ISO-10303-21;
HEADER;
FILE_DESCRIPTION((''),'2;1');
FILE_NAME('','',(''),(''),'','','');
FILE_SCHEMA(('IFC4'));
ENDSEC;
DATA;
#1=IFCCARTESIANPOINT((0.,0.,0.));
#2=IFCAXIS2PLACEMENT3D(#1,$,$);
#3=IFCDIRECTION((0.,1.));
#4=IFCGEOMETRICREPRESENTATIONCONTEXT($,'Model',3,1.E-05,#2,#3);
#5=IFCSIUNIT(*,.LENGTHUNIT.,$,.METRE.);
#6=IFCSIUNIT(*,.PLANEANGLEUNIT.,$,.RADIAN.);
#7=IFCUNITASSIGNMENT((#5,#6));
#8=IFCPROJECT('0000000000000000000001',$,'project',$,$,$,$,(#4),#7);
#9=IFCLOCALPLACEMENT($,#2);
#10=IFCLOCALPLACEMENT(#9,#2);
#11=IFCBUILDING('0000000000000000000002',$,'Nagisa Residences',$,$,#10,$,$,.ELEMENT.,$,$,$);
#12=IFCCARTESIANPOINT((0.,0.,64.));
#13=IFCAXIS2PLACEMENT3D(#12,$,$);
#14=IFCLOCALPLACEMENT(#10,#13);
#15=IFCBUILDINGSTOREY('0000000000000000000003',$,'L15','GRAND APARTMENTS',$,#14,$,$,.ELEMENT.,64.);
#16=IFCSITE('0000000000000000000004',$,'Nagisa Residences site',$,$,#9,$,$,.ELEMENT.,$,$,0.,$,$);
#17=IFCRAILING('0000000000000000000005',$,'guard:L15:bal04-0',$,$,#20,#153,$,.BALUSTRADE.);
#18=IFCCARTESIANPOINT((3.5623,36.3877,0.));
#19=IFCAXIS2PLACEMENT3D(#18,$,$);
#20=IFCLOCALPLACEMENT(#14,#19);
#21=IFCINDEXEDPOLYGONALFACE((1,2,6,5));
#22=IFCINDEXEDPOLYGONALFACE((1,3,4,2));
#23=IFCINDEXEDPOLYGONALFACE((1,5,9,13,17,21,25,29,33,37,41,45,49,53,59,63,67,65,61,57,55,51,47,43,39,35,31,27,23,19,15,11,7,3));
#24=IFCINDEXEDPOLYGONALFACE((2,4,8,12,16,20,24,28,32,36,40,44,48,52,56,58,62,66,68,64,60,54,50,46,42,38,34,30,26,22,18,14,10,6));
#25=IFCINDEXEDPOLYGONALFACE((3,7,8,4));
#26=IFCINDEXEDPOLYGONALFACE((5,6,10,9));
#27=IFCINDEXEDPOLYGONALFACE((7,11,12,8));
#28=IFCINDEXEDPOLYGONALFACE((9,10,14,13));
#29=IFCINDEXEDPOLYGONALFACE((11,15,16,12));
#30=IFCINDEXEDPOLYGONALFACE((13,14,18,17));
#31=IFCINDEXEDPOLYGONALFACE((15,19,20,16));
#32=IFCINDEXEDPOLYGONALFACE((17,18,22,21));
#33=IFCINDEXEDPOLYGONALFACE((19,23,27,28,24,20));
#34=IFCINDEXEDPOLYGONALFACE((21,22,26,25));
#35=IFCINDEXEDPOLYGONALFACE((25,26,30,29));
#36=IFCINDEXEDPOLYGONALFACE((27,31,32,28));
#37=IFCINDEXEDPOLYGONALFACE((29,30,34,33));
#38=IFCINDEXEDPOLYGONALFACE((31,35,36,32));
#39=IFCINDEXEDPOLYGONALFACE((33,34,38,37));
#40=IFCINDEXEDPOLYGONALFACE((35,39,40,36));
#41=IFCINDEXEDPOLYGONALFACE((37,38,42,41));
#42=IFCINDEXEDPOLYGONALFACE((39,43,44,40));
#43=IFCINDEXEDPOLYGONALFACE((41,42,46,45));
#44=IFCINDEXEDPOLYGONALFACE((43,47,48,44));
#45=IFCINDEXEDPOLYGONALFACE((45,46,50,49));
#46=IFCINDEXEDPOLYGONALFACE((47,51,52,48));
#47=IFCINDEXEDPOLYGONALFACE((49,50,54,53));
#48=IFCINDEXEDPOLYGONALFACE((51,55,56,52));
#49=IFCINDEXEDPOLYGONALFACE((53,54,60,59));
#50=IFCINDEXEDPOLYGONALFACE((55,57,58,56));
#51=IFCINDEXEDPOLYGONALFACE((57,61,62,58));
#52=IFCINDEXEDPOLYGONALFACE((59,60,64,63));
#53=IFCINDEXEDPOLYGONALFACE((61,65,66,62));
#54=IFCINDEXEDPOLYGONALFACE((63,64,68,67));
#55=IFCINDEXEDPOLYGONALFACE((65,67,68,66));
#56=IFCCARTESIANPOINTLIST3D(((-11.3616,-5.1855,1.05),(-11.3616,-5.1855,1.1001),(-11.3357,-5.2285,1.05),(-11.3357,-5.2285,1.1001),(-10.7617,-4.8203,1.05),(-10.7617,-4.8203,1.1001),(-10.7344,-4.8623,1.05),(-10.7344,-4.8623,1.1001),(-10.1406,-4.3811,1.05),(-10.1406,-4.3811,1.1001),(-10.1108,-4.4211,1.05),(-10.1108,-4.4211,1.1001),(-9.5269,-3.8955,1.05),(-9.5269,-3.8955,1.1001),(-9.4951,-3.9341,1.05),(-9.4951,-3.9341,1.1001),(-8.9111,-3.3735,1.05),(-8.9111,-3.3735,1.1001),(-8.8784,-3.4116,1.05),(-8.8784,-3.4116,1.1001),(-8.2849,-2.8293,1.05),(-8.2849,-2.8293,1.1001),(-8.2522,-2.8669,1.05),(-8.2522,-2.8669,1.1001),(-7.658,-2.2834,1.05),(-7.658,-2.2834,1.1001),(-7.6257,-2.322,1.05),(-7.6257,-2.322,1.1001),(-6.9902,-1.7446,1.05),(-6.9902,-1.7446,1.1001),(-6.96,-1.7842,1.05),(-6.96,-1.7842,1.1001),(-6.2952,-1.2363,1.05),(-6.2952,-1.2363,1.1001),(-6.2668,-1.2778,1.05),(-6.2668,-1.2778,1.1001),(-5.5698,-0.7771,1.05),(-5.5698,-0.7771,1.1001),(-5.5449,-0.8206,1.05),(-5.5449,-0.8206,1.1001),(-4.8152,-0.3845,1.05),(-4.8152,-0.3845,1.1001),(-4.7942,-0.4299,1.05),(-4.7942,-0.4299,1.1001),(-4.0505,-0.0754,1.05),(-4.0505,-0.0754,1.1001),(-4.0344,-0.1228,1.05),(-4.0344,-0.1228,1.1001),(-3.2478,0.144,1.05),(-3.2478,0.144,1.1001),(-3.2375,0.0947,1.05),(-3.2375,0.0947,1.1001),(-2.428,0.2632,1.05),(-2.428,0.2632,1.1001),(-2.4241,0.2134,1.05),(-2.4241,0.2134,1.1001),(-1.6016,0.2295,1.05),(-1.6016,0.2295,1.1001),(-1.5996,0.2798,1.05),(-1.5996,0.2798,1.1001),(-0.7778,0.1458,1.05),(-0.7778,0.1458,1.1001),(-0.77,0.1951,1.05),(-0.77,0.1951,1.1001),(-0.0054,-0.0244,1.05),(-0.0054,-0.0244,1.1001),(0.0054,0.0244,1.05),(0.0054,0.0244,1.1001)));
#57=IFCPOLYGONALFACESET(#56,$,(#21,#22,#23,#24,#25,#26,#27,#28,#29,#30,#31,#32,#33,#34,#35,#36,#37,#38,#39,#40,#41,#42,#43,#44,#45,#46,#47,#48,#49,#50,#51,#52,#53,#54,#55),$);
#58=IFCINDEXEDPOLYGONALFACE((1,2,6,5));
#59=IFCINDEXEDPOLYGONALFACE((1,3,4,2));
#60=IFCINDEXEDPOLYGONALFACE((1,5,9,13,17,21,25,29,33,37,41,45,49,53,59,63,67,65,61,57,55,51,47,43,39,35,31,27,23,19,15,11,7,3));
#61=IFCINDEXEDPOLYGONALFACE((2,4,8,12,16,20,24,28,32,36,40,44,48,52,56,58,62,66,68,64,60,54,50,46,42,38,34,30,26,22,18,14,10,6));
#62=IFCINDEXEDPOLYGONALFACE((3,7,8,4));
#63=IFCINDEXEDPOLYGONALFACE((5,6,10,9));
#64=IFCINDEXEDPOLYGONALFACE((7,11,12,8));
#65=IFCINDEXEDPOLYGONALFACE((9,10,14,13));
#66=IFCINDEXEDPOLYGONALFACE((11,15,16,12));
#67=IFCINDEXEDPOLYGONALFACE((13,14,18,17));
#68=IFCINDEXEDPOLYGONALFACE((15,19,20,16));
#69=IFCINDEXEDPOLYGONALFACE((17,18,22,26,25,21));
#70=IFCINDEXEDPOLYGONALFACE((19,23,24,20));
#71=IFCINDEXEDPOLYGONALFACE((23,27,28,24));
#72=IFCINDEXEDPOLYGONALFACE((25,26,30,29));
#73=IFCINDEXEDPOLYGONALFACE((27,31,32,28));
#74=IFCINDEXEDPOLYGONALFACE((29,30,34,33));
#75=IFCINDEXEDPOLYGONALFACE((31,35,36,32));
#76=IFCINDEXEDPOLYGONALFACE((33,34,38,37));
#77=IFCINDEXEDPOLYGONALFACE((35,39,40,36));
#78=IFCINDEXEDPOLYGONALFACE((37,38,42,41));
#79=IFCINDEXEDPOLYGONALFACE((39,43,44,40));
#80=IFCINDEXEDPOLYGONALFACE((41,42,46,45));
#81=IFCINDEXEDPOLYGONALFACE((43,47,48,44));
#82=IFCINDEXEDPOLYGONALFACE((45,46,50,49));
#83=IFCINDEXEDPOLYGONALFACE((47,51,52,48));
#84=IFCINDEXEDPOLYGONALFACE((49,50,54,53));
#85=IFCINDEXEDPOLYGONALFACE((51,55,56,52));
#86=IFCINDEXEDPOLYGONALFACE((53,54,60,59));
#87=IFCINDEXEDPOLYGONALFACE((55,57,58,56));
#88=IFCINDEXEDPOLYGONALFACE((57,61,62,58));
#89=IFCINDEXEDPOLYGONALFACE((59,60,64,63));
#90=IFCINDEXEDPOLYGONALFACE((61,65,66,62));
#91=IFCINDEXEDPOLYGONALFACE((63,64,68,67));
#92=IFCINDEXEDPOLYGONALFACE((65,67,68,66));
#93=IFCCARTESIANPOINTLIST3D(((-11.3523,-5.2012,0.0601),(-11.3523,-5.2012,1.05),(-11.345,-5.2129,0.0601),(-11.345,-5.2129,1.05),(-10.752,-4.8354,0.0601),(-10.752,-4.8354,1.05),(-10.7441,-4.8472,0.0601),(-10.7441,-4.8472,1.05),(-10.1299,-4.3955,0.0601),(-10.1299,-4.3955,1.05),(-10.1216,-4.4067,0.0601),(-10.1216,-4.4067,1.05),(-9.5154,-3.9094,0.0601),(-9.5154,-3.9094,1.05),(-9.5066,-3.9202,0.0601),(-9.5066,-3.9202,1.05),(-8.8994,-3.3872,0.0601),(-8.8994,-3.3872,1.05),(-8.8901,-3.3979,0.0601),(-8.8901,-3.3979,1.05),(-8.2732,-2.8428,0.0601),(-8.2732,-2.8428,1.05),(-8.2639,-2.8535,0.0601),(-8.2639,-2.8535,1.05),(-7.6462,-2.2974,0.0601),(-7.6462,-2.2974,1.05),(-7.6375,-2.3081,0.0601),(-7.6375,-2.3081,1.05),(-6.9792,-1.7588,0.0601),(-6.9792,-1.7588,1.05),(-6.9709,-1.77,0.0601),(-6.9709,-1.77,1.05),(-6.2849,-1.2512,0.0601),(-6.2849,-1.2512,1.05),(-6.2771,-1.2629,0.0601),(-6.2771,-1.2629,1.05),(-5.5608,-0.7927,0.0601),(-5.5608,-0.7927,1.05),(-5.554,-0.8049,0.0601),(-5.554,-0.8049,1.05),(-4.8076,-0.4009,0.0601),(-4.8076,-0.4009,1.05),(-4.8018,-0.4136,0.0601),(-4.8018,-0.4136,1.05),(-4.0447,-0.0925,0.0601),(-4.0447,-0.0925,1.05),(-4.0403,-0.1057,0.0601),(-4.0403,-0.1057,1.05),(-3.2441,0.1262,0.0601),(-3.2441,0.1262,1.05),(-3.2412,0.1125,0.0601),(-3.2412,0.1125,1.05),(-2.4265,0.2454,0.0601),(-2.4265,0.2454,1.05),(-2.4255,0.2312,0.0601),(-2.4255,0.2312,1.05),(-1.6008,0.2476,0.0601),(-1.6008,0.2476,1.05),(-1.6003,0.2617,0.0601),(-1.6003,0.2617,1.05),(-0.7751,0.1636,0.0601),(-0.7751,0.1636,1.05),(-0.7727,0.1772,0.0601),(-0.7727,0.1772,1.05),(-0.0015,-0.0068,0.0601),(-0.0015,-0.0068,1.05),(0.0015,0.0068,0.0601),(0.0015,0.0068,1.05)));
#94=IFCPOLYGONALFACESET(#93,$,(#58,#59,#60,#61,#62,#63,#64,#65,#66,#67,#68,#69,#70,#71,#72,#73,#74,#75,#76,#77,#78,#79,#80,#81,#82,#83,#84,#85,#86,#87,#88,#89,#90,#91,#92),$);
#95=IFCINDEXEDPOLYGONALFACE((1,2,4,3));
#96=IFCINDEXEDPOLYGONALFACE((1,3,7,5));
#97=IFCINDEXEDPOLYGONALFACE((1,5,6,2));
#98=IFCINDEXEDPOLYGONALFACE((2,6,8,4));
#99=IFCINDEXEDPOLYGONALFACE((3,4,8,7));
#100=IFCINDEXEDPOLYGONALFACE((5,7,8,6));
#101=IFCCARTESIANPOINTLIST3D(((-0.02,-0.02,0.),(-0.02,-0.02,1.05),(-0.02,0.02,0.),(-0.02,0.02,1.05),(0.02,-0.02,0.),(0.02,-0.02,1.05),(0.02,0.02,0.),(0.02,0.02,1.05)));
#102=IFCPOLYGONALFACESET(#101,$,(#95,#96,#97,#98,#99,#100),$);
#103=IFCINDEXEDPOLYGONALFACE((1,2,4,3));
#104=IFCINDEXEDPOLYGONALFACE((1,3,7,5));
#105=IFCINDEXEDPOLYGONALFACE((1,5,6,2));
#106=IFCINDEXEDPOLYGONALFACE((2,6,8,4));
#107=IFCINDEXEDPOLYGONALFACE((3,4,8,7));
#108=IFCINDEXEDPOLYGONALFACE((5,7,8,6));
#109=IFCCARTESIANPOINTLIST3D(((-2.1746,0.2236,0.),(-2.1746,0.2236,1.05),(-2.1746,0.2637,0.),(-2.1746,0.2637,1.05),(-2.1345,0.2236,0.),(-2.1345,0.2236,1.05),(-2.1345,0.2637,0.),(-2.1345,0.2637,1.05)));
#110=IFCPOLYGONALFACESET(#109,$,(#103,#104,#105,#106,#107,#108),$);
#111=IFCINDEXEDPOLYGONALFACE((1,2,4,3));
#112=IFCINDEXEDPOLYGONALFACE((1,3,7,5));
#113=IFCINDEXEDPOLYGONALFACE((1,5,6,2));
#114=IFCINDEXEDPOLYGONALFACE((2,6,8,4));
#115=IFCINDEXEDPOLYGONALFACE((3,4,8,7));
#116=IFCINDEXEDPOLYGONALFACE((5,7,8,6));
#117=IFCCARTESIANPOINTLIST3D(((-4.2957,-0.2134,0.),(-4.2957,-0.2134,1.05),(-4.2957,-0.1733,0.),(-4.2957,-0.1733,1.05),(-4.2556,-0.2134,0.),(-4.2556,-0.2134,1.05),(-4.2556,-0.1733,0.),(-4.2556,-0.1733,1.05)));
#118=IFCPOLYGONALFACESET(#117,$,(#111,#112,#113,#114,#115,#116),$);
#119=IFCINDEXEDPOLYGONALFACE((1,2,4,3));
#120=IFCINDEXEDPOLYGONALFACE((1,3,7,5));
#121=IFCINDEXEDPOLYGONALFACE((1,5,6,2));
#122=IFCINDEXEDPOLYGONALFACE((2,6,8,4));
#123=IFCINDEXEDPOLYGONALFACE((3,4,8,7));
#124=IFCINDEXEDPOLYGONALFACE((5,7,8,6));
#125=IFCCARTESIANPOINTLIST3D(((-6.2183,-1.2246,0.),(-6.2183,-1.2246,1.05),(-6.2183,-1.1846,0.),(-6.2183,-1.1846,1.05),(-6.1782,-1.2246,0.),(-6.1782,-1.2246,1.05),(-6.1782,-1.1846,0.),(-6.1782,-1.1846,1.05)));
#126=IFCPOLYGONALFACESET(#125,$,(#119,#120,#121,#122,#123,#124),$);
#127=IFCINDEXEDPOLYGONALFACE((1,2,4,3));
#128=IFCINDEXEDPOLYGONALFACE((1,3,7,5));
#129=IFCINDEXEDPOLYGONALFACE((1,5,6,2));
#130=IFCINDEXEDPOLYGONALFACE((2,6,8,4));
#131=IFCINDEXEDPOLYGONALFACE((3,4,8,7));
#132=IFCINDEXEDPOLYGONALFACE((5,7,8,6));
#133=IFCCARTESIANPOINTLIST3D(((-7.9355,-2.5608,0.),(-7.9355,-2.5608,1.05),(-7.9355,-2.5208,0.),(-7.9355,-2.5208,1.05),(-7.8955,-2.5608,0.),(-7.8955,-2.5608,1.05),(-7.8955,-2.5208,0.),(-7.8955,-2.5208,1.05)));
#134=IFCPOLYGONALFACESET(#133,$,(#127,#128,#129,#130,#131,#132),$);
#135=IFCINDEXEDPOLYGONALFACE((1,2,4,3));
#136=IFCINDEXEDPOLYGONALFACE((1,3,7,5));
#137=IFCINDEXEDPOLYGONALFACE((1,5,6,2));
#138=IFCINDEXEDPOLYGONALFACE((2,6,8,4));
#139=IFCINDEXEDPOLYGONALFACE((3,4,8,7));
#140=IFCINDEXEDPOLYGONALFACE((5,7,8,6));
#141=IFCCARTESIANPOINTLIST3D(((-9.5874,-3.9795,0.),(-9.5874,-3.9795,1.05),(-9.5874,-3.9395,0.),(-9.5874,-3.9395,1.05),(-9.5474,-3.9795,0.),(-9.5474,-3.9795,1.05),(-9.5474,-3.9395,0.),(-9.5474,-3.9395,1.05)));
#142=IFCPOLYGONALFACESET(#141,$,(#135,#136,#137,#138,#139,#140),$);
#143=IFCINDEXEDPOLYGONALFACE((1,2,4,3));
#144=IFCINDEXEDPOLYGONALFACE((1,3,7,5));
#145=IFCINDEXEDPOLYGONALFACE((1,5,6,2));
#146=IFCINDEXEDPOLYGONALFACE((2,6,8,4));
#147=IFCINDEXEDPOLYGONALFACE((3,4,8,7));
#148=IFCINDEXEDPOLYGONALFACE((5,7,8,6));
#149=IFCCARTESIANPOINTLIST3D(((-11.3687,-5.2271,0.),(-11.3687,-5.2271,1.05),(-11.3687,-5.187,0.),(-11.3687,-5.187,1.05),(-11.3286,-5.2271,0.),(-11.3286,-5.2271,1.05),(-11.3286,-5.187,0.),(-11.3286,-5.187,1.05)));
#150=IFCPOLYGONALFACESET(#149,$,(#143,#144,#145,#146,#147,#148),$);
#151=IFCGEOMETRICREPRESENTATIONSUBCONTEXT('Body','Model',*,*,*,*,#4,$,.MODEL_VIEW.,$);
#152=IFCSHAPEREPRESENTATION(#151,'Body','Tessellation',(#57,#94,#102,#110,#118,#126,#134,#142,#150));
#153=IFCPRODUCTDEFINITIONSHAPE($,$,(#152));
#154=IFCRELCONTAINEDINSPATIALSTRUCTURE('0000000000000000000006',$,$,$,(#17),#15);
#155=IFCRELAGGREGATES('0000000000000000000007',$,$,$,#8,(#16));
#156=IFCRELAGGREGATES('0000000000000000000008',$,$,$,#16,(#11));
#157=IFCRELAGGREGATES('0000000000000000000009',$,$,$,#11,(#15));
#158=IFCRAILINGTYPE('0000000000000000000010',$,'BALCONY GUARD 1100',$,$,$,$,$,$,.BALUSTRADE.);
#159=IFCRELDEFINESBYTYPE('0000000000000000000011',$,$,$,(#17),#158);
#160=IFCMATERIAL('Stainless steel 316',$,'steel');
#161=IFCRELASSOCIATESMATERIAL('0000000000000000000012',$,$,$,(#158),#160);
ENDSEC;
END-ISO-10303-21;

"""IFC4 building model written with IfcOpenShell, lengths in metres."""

from ifc_helpers import new_model, si_unit, direction, frame, origin, origin_2d, place, context, subcontext, project, spatial, polyline, rectangle, outline, extrude, material, type_object, element, save


model = new_model("IFC4")

# Units and contexts
model_context = context("Model", 3, precision=1e-05, world=origin(), true_north=direction((0.0, 1.0)))
body_context = subcontext(model_context, "Body", "Model", "MODEL_VIEW")
ifc_project = project(units=[si_unit("LENGTHUNIT", "METRE"), si_unit("PLANEANGLEUNIT", "RADIAN")], contexts=[model_context])

# Site, building, storey
site_placement = place(None, origin())
site = spatial("IfcSite", under=ifc_project, at=site_placement, Name="Nagisa Residences site", CompositionType="ELEMENT", RefElevation=0.0)
building_placement = place(site_placement, origin())
building = spatial("IfcBuilding", under=site, at=building_placement, Name="Nagisa Residences", CompositionType="ELEMENT")
storey_placement = place(building_placement, frame((0.0, 0.0, 64.0)))
storey = spatial("IfcBuildingStorey", under=building, at=storey_placement, Name="L15", Description="GRAND APARTMENTS", CompositionType="ELEMENT", Elevation=64.0)

# Railing
ifc_material_1 = material(Name="Stainless steel 316", Category="steel")
railing_type = type_object("IfcRailingType", Name="BALCONY GUARD 1100", PredefinedType="BALUSTRADE", material=ifc_material_1)
railing_1_placement = place(storey_placement, frame((3.5623, 36.3877, 0.0)))
element("IfcRailing", 1, at=railing_1_placement, inside=storey, type_object=railing_type, Name="guard:L15:bal04-0", PredefinedType="BALUSTRADE", context=body_context, shape_type="SweptSolid", body=[
    extrude(outline(polyline([(-0.7778, 0.1458), (-0.0054, -0.0244), (0.0054, 0.0244), (-0.77, 0.1951), (-1.5996, 0.2798), (-2.428, 0.2632), (-3.2478, 0.144), (-4.0505, -0.0754), (-4.8152, -0.3845), (-5.5698, -0.7771), (-6.2952, -1.2363), (-6.9902, -1.7446), (-7.658, -2.2834), (-8.2849, -2.8293), (-8.9111, -3.3735), (-9.5269, -3.8955), (-10.1406, -4.3811), (-10.7617, -4.8203), (-11.3616, -5.1855), (-11.3357, -5.2285), (-10.7344, -4.8623), (-10.1108, -4.4211), (-9.4951, -3.9341), (-8.8784, -3.4116), (-8.2522, -2.8669), (-7.6257, -2.322), (-6.96, -1.7842), (-6.2668, -1.2778), (-5.5449, -0.8206), (-4.7942, -0.4299), (-4.0344, -0.1228), (-3.2375, 0.0947), (-2.4241, 0.2134), (-1.6016, 0.2295), (-0.7778, 0.1458)])), frame((0.0, 0.0, 1.05)), (0.0, 0.0, 1.0), 0.05),
    extrude(outline(polyline([(-0.7751, 0.1636), (-0.0015, -0.0068), (0.0015, 0.0068), (-0.7727, 0.1772), (-1.6003, 0.2617), (-2.4265, 0.2454), (-3.2441, 0.1262), (-4.0447, -0.0925), (-4.8076, -0.4009), (-5.5608, -0.7927), (-6.2849, -1.2512), (-6.9792, -1.7588), (-7.6462, -2.2974), (-8.2732, -2.8428), (-8.8994, -3.3872), (-9.5154, -3.9094), (-10.1299, -4.3955), (-10.752, -4.8354), (-11.3523, -5.2012), (-11.345, -5.2129), (-10.7441, -4.8472), (-10.1216, -4.4067), (-9.5066, -3.9202), (-8.8901, -3.3979), (-8.2639, -2.8535), (-7.6375, -2.3081), (-6.9709, -1.77), (-6.2771, -1.2629), (-5.554, -0.8049), (-4.8018, -0.4136), (-4.0403, -0.1057), (-3.2412, 0.1125), (-2.4255, 0.2312), (-1.6008, 0.2476), (-0.7751, 0.1636)])), frame((0.0, 0.0, 0.0601)), (0.0, 0.0, 1.0), 0.99),
    extrude(rectangle(XDim=0.04, YDim=0.04, at=origin_2d()), origin(), (0.0, 0.0, 1.0), 1.05),
    extrude(rectangle(XDim=0.04, YDim=0.04, at=origin_2d()), frame((-2.1545, 0.2437, 0.0)), (0.0, 0.0, 1.0), 1.05),
    extrude(rectangle(XDim=0.04, YDim=0.04, at=origin_2d()), frame((-4.2756, -0.1934, 0.0)), (0.0, 0.0, 1.0), 1.05),
    extrude(rectangle(XDim=0.04, YDim=0.04, at=origin_2d()), frame((-6.1982, -1.2046, 0.0)), (0.0, 0.0, 1.0), 1.05),
    extrude(rectangle(XDim=0.04, YDim=0.04, at=origin_2d()), frame((-7.9155, -2.5408, 0.0)), (0.0, 0.0, 1.0), 1.05),
    extrude(rectangle(XDim=0.04, YDim=0.04, at=origin_2d()), frame((-9.5674, -3.9595, 0.0)), (0.0, 0.0, 1.0), 1.05),
    extrude(rectangle(XDim=0.04, YDim=0.04, at=origin_2d()), frame((-11.3486, -5.207, 0.0)), (0.0, 0.0, 1.0), 1.05),
])

save(model, "model.ifc")
